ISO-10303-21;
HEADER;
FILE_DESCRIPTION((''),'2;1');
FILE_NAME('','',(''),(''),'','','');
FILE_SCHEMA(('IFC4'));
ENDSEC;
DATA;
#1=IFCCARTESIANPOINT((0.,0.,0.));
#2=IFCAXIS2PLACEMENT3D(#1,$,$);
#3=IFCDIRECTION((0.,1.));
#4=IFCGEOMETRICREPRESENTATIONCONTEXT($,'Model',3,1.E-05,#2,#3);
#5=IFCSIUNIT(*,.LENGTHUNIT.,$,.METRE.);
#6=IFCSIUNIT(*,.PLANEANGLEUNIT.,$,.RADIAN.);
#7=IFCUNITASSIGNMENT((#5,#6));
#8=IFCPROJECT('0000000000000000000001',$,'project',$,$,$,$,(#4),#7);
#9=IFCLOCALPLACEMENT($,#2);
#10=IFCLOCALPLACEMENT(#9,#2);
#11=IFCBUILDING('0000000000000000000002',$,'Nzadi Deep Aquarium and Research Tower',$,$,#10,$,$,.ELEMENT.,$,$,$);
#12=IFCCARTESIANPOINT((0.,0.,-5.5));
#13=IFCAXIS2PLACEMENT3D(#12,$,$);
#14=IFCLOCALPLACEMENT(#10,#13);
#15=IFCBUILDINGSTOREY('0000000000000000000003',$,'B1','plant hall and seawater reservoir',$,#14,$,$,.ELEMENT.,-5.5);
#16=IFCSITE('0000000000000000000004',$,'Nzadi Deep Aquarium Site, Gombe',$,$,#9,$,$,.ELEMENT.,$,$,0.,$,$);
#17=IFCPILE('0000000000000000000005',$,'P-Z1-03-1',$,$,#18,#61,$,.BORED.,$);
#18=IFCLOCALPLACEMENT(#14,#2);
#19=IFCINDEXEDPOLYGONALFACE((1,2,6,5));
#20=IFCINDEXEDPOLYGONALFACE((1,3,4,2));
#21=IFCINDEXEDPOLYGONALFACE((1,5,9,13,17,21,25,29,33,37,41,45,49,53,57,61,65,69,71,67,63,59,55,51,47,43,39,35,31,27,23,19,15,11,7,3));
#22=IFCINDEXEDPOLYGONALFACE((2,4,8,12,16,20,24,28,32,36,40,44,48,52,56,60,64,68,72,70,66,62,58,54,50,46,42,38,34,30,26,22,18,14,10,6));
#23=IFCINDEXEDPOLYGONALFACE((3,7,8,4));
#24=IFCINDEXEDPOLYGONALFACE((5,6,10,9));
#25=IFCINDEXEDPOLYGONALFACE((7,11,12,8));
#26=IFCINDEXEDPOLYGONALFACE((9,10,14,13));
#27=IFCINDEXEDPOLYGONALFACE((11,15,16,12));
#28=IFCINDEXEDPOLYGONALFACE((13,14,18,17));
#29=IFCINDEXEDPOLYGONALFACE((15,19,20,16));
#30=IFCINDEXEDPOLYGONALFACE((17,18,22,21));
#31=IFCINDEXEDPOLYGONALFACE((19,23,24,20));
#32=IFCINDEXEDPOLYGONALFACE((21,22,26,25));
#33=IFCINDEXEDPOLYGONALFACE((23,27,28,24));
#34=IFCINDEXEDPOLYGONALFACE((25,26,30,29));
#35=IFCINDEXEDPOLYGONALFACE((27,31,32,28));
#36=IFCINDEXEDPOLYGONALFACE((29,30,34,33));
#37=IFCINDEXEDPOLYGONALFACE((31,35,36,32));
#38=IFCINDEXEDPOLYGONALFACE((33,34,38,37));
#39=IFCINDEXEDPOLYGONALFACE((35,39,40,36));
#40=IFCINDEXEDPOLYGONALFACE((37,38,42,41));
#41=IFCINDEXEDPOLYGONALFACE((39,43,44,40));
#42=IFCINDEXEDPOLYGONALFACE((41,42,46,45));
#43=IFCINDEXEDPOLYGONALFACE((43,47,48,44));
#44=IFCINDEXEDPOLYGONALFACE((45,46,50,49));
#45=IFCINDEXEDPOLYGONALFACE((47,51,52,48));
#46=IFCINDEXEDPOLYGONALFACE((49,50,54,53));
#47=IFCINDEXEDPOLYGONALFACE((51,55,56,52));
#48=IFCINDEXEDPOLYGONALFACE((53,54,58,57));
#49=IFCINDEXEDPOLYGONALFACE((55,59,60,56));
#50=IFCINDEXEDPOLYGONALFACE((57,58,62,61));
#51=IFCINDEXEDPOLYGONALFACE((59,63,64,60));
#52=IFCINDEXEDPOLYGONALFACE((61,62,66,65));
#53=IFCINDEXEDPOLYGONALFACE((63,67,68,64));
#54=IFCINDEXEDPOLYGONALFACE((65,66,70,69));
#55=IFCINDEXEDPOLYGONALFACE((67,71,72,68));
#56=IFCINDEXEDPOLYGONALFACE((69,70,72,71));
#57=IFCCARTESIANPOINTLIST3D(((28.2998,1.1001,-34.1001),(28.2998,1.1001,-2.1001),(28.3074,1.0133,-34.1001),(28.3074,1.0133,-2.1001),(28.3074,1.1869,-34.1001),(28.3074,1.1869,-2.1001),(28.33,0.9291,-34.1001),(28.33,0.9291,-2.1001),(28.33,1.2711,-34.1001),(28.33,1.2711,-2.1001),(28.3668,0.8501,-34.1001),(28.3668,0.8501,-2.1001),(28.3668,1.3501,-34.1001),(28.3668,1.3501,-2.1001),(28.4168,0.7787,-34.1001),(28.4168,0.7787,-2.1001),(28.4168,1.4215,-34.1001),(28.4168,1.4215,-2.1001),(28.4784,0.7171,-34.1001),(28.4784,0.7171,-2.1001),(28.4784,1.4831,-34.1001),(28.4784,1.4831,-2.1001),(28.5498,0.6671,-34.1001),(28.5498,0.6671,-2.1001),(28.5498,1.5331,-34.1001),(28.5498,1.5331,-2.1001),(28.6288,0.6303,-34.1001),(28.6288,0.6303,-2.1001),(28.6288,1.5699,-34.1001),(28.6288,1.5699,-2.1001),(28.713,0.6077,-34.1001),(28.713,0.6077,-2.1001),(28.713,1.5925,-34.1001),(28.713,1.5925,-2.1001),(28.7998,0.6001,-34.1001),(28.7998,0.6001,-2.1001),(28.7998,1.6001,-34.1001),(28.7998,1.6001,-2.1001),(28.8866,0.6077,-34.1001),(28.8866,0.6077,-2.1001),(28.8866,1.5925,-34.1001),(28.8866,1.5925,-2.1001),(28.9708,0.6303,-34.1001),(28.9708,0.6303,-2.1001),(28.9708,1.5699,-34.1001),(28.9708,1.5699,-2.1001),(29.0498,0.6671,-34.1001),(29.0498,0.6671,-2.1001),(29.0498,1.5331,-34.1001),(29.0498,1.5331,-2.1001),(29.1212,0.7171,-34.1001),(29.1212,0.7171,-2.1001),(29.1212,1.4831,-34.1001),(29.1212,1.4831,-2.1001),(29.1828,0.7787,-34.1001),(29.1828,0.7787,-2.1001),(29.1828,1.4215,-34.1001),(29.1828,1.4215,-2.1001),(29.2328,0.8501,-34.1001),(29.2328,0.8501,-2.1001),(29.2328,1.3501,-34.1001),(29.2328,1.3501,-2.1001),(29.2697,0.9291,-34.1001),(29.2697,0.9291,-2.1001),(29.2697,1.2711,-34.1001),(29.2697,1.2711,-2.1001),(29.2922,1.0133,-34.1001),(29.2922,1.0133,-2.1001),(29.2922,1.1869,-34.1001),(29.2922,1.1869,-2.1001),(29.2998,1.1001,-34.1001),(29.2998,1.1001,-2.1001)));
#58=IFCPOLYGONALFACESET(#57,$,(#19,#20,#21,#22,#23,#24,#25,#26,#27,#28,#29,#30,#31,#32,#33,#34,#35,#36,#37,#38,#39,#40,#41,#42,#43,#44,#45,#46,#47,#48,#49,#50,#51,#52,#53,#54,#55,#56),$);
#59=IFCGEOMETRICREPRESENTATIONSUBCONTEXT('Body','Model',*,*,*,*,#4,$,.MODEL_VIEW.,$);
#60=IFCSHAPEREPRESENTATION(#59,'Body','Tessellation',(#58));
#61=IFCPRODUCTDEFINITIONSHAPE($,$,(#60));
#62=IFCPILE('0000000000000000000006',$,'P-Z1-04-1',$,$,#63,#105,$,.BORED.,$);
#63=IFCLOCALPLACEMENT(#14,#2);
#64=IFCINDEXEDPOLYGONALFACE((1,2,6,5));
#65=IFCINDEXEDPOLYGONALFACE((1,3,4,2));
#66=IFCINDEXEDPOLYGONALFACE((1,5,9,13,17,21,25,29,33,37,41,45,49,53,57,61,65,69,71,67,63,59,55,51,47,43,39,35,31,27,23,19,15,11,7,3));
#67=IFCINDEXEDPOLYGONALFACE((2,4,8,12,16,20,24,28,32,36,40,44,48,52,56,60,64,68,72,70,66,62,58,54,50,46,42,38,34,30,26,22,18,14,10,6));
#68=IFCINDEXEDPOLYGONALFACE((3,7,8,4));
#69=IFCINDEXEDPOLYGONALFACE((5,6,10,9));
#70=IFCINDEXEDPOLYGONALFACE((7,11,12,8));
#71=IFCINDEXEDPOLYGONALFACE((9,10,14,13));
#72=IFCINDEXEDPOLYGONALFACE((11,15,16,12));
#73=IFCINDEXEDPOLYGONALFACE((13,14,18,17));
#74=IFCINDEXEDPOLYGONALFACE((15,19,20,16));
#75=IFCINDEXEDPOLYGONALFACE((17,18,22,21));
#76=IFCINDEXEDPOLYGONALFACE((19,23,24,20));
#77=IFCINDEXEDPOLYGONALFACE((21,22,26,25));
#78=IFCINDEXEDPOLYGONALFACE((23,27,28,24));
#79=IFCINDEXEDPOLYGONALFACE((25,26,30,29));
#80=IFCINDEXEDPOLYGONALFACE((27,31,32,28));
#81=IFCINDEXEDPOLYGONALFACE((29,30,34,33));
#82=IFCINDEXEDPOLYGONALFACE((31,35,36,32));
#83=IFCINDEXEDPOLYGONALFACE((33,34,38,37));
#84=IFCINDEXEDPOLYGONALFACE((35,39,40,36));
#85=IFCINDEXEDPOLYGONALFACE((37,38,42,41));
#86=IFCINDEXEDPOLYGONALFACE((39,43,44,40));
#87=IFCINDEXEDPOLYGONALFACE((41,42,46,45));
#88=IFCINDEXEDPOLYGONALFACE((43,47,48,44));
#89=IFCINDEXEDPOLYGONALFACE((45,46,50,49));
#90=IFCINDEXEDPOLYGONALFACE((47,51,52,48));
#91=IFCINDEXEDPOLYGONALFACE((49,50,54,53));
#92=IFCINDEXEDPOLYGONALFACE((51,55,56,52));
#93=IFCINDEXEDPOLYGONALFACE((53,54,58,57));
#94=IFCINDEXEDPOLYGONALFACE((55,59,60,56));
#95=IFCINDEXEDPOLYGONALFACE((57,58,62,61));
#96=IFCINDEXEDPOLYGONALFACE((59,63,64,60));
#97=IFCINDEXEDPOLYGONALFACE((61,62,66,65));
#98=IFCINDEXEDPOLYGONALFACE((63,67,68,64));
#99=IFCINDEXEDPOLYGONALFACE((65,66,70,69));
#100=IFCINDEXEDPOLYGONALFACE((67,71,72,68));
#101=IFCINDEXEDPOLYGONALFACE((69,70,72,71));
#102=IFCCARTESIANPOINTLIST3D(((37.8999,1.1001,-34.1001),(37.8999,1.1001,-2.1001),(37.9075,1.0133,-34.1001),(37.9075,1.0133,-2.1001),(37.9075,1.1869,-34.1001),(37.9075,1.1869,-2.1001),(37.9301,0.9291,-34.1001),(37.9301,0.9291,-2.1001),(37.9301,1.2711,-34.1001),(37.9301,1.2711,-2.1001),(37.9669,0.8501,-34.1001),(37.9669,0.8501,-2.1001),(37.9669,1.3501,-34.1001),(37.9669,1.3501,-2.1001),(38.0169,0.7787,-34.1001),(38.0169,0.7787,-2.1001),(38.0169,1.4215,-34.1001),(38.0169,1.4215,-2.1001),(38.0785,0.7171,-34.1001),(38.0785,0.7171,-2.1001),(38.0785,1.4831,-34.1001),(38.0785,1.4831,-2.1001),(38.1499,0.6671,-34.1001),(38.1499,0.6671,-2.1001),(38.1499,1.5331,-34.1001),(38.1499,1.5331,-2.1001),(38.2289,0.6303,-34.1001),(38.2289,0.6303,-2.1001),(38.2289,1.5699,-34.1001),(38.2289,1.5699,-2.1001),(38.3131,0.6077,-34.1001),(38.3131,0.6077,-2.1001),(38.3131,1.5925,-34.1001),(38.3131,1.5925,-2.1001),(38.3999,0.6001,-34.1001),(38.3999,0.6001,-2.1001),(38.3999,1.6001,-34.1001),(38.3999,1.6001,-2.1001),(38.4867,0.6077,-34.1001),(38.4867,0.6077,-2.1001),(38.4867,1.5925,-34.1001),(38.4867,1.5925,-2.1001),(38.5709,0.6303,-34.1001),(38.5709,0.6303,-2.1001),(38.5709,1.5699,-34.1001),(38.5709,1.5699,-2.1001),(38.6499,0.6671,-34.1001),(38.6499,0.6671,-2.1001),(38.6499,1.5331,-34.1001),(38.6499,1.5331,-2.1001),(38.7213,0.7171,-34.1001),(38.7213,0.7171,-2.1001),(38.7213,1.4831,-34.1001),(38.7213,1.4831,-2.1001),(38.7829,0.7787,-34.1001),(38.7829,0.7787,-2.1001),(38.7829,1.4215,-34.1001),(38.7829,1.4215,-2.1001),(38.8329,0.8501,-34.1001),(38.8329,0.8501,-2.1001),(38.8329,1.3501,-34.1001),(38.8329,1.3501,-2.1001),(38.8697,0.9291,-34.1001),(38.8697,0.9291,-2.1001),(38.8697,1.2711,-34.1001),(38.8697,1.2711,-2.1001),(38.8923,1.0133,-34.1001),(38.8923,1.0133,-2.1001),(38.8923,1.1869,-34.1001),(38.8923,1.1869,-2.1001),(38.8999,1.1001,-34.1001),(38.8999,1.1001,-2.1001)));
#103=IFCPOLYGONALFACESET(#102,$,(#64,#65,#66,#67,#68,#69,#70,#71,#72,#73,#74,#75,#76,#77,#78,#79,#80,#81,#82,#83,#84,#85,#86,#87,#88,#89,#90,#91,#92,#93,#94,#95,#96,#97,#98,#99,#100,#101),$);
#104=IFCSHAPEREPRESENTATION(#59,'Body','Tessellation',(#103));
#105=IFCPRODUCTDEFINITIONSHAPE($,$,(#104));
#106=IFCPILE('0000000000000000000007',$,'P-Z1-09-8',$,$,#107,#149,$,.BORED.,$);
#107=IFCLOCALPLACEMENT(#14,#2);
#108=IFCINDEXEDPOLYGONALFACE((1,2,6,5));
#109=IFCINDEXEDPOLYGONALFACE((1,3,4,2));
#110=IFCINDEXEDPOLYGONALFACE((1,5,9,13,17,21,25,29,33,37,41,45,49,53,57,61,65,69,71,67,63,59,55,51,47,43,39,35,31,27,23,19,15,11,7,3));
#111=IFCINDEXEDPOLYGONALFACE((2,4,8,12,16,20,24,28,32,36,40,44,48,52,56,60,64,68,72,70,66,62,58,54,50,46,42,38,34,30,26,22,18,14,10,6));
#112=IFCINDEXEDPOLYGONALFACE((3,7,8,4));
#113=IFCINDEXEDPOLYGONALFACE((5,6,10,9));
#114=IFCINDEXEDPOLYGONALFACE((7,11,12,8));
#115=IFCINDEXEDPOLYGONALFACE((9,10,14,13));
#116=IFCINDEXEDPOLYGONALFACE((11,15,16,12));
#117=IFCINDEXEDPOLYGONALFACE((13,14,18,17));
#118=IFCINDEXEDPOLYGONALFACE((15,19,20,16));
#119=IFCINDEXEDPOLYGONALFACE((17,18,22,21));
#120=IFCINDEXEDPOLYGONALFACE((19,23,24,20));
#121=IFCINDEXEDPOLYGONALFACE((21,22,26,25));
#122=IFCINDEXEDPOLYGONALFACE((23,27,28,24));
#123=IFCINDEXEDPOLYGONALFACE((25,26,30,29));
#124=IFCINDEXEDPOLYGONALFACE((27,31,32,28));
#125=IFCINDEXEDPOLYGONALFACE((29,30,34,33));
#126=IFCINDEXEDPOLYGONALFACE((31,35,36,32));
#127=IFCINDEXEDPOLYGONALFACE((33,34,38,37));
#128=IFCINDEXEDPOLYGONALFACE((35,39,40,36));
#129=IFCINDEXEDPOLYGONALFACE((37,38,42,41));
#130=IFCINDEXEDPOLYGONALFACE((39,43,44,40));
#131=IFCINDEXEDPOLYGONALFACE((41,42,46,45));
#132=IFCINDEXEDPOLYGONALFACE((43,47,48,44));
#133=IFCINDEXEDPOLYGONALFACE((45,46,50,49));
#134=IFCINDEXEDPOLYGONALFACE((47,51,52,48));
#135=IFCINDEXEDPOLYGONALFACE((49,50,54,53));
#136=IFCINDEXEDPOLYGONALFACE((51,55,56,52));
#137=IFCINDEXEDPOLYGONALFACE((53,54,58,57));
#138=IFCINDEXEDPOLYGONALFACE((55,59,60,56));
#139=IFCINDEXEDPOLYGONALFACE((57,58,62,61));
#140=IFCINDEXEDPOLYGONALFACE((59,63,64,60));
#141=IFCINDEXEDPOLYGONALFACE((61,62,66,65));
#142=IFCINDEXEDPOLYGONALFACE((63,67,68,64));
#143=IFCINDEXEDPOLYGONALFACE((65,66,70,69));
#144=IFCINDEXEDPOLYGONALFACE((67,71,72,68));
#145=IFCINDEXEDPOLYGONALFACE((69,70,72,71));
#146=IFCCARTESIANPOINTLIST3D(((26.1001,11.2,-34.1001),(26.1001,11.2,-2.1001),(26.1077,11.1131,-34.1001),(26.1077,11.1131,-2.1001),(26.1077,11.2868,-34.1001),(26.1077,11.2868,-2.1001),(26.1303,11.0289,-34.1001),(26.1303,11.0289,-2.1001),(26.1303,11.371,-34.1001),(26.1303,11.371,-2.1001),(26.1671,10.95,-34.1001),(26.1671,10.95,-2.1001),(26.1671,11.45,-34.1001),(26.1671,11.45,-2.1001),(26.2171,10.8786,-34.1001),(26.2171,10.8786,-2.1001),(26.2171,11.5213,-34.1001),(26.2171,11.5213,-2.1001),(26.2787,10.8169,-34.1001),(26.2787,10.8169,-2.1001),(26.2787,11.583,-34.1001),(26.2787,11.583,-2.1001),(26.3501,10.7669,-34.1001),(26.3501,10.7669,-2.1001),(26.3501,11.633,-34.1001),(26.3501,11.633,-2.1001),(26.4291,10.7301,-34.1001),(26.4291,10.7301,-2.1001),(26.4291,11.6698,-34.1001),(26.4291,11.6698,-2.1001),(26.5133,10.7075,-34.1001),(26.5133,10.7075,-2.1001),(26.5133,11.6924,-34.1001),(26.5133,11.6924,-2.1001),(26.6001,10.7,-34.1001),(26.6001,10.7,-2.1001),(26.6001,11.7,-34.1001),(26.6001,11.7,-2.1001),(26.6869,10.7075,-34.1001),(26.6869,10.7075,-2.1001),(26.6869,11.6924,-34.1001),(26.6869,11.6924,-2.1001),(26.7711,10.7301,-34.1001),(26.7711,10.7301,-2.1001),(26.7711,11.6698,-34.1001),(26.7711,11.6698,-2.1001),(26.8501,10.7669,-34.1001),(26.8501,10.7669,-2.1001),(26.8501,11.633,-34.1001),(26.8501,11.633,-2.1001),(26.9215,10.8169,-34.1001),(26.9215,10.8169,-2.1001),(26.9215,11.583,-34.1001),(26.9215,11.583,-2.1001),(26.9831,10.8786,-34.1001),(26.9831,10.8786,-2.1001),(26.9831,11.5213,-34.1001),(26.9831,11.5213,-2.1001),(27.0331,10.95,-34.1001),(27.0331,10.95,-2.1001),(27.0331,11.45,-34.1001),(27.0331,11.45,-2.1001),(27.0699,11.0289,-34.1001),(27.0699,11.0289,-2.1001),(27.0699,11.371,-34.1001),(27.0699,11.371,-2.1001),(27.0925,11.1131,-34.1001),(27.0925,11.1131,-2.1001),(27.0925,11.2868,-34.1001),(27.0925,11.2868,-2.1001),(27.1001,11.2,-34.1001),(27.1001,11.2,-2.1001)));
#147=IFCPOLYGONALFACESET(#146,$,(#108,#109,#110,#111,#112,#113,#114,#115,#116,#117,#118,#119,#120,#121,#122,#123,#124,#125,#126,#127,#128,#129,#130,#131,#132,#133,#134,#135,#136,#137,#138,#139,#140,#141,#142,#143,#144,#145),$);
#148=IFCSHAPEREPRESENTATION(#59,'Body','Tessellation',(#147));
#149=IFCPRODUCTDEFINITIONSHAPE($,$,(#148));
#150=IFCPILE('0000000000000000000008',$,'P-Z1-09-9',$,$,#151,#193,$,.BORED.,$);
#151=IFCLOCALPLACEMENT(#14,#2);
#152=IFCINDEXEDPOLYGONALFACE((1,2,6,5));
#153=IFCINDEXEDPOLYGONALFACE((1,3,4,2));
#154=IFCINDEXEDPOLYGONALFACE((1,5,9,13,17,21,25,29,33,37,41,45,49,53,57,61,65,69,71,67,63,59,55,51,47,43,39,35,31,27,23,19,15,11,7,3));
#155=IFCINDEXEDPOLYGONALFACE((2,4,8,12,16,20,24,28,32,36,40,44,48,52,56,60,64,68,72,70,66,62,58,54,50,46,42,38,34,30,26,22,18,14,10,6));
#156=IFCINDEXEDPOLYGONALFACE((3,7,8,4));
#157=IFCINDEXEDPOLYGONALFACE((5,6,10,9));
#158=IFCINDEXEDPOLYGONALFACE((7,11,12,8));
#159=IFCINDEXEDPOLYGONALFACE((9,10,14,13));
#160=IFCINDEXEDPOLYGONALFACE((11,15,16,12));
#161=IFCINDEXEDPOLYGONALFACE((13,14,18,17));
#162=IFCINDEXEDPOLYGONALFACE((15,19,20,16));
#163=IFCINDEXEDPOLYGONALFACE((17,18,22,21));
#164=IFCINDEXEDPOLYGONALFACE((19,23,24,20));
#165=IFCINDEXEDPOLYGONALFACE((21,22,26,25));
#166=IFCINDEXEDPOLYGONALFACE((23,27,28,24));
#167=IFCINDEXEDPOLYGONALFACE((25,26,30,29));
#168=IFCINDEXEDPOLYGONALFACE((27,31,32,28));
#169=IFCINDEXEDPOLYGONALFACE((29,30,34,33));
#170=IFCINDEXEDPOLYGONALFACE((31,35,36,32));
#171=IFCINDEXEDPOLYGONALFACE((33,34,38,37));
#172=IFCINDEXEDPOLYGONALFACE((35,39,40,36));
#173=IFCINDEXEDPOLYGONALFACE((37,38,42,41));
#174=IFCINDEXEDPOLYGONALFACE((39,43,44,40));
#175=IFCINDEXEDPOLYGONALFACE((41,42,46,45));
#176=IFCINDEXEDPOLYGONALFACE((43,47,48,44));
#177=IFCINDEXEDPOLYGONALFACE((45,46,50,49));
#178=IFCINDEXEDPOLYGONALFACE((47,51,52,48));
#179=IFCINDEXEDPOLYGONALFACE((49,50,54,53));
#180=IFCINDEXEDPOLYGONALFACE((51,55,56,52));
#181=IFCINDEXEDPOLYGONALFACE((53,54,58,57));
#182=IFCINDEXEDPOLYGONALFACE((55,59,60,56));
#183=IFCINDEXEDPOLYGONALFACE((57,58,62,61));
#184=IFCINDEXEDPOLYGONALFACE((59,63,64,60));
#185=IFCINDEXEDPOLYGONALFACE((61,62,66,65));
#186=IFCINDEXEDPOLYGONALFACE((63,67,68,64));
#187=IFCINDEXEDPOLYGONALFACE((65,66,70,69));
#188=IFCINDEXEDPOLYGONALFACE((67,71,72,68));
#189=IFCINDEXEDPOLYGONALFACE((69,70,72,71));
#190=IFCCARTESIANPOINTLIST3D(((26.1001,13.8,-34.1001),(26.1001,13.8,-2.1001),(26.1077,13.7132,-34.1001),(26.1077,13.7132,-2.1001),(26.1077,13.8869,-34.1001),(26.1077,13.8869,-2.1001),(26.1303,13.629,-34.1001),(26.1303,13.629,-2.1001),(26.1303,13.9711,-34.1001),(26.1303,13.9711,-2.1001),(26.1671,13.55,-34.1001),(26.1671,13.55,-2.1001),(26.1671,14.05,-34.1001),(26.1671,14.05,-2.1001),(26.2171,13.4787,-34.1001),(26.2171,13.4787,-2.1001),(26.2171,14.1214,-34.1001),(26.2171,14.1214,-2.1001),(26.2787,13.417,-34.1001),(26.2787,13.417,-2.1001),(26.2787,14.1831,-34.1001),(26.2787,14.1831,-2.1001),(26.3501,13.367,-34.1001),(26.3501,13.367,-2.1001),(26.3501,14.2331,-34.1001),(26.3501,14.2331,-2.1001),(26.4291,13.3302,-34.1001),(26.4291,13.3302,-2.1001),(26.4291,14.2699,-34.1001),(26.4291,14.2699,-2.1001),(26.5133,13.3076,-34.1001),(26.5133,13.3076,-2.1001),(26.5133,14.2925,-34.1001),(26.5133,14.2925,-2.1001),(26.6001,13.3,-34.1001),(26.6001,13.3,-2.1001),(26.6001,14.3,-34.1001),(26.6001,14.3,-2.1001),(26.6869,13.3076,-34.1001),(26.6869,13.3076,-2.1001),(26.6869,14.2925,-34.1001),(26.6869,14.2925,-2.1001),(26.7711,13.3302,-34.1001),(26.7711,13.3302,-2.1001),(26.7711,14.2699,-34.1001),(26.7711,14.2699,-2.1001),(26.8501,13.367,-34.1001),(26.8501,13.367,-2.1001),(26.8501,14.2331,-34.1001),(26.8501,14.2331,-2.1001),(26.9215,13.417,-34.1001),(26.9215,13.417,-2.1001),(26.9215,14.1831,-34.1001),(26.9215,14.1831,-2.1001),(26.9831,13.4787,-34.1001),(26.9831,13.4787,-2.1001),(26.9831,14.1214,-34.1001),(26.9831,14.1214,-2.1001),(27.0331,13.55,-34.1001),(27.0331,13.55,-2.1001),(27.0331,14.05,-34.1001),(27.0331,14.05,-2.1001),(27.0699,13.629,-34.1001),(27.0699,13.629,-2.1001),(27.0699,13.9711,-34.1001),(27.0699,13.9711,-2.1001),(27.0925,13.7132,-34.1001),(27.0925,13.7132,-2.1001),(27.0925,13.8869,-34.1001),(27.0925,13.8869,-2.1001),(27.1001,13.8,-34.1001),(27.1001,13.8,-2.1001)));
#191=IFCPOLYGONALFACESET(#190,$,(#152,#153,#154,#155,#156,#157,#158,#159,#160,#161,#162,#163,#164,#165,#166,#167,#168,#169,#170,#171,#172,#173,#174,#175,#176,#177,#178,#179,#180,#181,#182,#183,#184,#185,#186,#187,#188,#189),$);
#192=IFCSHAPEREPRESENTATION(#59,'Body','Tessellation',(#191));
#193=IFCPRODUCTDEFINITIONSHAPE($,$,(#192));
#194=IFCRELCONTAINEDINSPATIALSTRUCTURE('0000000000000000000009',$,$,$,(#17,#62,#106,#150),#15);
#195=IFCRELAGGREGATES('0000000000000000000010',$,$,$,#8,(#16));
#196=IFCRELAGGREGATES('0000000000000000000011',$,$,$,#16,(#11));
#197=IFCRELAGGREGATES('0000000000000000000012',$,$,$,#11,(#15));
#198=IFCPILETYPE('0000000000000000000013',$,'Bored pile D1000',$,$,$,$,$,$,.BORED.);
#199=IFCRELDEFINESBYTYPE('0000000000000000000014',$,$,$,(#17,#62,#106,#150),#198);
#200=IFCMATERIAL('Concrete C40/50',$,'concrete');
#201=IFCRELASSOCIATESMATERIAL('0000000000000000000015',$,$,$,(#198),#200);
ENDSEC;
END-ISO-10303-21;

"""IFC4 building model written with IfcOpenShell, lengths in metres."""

from ifc_helpers import new_model, si_unit, direction, frame, origin, origin_2d, place, context, subcontext, project, spatial, circle, extrude, material, material_profile, profile_set, type_object, element, save


model = new_model("IFC4")

# Units and contexts
model_context = context("Model", 3, precision=1e-05, world=origin(), true_north=direction((0.0, 1.0)))
body_context = subcontext(model_context, "Body", "Model", "MODEL_VIEW")
ifc_project = project(units=[si_unit("LENGTHUNIT", "METRE"), si_unit("PLANEANGLEUNIT", "RADIAN")], contexts=[model_context])

# Site, building, storey
site_placement = place(None, origin())
site = spatial("IfcSite", under=ifc_project, at=site_placement, Name="Nzadi Deep Aquarium Site, Gombe", CompositionType="ELEMENT", RefElevation=0.0)
building_placement = place(site_placement, origin())
building = spatial("IfcBuilding", under=site, at=building_placement, Name="Nzadi Deep Aquarium and Research Tower", CompositionType="ELEMENT")
storey_placement = place(building_placement, frame((0.0, 0.0, -5.5)))
storey = spatial("IfcBuildingStorey", under=building, at=storey_placement, Name="B1", Description="plant hall and seawater reservoir", CompositionType="ELEMENT", Elevation=-5.5)

# Piles
ifc_material_1 = material(Name="Concrete C40/50", Category="concrete")
ifc_material_profile_1 = material_profile(ifc_material_1, circle(Radius=0.5, at=origin_2d()))
ifc_profile_set_1 = profile_set([ifc_material_profile_1], Name="Concrete C40/50")
pile_type = type_object("IfcPileType", Name="Bored pile D1000", PredefinedType="BORED", material=ifc_profile_set_1)
for number, where, z_axis, x_axis, name in (
    (1, (28.7998, 1.1001, -2.1001), (0.0, 0.0, -1.0), (1.0, 0.0, 0.0), "P-Z1-03-1"),
    (2, (38.3999, 1.1001, -2.1001), (0.0, 0.0, -1.0), (1.0, 0.0, 0.0), "P-Z1-04-1"),
    (3, (26.6001, 11.2, -2.1001), (0.0, 0.0, -1.0), (1.0, 0.0, 0.0), "P-Z1-09-8"),
    (4, (26.6001, 13.8, -2.1001), (0.0, 0.0, -1.0), (1.0, 0.0, 0.0), "P-Z1-09-9"),
):
    element("IfcPile", number, at=place(storey_placement, frame(where, z_axis=z_axis, x_axis=x_axis)), inside=storey, type_object=pile_type, Name=name, PredefinedType="BORED", context=body_context, shape_type="SweptSolid", body=[
        extrude(circle(Radius=0.5, at=origin_2d()), origin(), (0.0, 0.0, 1.0), 32.0),
    ])

save(model, "model.ifc")
